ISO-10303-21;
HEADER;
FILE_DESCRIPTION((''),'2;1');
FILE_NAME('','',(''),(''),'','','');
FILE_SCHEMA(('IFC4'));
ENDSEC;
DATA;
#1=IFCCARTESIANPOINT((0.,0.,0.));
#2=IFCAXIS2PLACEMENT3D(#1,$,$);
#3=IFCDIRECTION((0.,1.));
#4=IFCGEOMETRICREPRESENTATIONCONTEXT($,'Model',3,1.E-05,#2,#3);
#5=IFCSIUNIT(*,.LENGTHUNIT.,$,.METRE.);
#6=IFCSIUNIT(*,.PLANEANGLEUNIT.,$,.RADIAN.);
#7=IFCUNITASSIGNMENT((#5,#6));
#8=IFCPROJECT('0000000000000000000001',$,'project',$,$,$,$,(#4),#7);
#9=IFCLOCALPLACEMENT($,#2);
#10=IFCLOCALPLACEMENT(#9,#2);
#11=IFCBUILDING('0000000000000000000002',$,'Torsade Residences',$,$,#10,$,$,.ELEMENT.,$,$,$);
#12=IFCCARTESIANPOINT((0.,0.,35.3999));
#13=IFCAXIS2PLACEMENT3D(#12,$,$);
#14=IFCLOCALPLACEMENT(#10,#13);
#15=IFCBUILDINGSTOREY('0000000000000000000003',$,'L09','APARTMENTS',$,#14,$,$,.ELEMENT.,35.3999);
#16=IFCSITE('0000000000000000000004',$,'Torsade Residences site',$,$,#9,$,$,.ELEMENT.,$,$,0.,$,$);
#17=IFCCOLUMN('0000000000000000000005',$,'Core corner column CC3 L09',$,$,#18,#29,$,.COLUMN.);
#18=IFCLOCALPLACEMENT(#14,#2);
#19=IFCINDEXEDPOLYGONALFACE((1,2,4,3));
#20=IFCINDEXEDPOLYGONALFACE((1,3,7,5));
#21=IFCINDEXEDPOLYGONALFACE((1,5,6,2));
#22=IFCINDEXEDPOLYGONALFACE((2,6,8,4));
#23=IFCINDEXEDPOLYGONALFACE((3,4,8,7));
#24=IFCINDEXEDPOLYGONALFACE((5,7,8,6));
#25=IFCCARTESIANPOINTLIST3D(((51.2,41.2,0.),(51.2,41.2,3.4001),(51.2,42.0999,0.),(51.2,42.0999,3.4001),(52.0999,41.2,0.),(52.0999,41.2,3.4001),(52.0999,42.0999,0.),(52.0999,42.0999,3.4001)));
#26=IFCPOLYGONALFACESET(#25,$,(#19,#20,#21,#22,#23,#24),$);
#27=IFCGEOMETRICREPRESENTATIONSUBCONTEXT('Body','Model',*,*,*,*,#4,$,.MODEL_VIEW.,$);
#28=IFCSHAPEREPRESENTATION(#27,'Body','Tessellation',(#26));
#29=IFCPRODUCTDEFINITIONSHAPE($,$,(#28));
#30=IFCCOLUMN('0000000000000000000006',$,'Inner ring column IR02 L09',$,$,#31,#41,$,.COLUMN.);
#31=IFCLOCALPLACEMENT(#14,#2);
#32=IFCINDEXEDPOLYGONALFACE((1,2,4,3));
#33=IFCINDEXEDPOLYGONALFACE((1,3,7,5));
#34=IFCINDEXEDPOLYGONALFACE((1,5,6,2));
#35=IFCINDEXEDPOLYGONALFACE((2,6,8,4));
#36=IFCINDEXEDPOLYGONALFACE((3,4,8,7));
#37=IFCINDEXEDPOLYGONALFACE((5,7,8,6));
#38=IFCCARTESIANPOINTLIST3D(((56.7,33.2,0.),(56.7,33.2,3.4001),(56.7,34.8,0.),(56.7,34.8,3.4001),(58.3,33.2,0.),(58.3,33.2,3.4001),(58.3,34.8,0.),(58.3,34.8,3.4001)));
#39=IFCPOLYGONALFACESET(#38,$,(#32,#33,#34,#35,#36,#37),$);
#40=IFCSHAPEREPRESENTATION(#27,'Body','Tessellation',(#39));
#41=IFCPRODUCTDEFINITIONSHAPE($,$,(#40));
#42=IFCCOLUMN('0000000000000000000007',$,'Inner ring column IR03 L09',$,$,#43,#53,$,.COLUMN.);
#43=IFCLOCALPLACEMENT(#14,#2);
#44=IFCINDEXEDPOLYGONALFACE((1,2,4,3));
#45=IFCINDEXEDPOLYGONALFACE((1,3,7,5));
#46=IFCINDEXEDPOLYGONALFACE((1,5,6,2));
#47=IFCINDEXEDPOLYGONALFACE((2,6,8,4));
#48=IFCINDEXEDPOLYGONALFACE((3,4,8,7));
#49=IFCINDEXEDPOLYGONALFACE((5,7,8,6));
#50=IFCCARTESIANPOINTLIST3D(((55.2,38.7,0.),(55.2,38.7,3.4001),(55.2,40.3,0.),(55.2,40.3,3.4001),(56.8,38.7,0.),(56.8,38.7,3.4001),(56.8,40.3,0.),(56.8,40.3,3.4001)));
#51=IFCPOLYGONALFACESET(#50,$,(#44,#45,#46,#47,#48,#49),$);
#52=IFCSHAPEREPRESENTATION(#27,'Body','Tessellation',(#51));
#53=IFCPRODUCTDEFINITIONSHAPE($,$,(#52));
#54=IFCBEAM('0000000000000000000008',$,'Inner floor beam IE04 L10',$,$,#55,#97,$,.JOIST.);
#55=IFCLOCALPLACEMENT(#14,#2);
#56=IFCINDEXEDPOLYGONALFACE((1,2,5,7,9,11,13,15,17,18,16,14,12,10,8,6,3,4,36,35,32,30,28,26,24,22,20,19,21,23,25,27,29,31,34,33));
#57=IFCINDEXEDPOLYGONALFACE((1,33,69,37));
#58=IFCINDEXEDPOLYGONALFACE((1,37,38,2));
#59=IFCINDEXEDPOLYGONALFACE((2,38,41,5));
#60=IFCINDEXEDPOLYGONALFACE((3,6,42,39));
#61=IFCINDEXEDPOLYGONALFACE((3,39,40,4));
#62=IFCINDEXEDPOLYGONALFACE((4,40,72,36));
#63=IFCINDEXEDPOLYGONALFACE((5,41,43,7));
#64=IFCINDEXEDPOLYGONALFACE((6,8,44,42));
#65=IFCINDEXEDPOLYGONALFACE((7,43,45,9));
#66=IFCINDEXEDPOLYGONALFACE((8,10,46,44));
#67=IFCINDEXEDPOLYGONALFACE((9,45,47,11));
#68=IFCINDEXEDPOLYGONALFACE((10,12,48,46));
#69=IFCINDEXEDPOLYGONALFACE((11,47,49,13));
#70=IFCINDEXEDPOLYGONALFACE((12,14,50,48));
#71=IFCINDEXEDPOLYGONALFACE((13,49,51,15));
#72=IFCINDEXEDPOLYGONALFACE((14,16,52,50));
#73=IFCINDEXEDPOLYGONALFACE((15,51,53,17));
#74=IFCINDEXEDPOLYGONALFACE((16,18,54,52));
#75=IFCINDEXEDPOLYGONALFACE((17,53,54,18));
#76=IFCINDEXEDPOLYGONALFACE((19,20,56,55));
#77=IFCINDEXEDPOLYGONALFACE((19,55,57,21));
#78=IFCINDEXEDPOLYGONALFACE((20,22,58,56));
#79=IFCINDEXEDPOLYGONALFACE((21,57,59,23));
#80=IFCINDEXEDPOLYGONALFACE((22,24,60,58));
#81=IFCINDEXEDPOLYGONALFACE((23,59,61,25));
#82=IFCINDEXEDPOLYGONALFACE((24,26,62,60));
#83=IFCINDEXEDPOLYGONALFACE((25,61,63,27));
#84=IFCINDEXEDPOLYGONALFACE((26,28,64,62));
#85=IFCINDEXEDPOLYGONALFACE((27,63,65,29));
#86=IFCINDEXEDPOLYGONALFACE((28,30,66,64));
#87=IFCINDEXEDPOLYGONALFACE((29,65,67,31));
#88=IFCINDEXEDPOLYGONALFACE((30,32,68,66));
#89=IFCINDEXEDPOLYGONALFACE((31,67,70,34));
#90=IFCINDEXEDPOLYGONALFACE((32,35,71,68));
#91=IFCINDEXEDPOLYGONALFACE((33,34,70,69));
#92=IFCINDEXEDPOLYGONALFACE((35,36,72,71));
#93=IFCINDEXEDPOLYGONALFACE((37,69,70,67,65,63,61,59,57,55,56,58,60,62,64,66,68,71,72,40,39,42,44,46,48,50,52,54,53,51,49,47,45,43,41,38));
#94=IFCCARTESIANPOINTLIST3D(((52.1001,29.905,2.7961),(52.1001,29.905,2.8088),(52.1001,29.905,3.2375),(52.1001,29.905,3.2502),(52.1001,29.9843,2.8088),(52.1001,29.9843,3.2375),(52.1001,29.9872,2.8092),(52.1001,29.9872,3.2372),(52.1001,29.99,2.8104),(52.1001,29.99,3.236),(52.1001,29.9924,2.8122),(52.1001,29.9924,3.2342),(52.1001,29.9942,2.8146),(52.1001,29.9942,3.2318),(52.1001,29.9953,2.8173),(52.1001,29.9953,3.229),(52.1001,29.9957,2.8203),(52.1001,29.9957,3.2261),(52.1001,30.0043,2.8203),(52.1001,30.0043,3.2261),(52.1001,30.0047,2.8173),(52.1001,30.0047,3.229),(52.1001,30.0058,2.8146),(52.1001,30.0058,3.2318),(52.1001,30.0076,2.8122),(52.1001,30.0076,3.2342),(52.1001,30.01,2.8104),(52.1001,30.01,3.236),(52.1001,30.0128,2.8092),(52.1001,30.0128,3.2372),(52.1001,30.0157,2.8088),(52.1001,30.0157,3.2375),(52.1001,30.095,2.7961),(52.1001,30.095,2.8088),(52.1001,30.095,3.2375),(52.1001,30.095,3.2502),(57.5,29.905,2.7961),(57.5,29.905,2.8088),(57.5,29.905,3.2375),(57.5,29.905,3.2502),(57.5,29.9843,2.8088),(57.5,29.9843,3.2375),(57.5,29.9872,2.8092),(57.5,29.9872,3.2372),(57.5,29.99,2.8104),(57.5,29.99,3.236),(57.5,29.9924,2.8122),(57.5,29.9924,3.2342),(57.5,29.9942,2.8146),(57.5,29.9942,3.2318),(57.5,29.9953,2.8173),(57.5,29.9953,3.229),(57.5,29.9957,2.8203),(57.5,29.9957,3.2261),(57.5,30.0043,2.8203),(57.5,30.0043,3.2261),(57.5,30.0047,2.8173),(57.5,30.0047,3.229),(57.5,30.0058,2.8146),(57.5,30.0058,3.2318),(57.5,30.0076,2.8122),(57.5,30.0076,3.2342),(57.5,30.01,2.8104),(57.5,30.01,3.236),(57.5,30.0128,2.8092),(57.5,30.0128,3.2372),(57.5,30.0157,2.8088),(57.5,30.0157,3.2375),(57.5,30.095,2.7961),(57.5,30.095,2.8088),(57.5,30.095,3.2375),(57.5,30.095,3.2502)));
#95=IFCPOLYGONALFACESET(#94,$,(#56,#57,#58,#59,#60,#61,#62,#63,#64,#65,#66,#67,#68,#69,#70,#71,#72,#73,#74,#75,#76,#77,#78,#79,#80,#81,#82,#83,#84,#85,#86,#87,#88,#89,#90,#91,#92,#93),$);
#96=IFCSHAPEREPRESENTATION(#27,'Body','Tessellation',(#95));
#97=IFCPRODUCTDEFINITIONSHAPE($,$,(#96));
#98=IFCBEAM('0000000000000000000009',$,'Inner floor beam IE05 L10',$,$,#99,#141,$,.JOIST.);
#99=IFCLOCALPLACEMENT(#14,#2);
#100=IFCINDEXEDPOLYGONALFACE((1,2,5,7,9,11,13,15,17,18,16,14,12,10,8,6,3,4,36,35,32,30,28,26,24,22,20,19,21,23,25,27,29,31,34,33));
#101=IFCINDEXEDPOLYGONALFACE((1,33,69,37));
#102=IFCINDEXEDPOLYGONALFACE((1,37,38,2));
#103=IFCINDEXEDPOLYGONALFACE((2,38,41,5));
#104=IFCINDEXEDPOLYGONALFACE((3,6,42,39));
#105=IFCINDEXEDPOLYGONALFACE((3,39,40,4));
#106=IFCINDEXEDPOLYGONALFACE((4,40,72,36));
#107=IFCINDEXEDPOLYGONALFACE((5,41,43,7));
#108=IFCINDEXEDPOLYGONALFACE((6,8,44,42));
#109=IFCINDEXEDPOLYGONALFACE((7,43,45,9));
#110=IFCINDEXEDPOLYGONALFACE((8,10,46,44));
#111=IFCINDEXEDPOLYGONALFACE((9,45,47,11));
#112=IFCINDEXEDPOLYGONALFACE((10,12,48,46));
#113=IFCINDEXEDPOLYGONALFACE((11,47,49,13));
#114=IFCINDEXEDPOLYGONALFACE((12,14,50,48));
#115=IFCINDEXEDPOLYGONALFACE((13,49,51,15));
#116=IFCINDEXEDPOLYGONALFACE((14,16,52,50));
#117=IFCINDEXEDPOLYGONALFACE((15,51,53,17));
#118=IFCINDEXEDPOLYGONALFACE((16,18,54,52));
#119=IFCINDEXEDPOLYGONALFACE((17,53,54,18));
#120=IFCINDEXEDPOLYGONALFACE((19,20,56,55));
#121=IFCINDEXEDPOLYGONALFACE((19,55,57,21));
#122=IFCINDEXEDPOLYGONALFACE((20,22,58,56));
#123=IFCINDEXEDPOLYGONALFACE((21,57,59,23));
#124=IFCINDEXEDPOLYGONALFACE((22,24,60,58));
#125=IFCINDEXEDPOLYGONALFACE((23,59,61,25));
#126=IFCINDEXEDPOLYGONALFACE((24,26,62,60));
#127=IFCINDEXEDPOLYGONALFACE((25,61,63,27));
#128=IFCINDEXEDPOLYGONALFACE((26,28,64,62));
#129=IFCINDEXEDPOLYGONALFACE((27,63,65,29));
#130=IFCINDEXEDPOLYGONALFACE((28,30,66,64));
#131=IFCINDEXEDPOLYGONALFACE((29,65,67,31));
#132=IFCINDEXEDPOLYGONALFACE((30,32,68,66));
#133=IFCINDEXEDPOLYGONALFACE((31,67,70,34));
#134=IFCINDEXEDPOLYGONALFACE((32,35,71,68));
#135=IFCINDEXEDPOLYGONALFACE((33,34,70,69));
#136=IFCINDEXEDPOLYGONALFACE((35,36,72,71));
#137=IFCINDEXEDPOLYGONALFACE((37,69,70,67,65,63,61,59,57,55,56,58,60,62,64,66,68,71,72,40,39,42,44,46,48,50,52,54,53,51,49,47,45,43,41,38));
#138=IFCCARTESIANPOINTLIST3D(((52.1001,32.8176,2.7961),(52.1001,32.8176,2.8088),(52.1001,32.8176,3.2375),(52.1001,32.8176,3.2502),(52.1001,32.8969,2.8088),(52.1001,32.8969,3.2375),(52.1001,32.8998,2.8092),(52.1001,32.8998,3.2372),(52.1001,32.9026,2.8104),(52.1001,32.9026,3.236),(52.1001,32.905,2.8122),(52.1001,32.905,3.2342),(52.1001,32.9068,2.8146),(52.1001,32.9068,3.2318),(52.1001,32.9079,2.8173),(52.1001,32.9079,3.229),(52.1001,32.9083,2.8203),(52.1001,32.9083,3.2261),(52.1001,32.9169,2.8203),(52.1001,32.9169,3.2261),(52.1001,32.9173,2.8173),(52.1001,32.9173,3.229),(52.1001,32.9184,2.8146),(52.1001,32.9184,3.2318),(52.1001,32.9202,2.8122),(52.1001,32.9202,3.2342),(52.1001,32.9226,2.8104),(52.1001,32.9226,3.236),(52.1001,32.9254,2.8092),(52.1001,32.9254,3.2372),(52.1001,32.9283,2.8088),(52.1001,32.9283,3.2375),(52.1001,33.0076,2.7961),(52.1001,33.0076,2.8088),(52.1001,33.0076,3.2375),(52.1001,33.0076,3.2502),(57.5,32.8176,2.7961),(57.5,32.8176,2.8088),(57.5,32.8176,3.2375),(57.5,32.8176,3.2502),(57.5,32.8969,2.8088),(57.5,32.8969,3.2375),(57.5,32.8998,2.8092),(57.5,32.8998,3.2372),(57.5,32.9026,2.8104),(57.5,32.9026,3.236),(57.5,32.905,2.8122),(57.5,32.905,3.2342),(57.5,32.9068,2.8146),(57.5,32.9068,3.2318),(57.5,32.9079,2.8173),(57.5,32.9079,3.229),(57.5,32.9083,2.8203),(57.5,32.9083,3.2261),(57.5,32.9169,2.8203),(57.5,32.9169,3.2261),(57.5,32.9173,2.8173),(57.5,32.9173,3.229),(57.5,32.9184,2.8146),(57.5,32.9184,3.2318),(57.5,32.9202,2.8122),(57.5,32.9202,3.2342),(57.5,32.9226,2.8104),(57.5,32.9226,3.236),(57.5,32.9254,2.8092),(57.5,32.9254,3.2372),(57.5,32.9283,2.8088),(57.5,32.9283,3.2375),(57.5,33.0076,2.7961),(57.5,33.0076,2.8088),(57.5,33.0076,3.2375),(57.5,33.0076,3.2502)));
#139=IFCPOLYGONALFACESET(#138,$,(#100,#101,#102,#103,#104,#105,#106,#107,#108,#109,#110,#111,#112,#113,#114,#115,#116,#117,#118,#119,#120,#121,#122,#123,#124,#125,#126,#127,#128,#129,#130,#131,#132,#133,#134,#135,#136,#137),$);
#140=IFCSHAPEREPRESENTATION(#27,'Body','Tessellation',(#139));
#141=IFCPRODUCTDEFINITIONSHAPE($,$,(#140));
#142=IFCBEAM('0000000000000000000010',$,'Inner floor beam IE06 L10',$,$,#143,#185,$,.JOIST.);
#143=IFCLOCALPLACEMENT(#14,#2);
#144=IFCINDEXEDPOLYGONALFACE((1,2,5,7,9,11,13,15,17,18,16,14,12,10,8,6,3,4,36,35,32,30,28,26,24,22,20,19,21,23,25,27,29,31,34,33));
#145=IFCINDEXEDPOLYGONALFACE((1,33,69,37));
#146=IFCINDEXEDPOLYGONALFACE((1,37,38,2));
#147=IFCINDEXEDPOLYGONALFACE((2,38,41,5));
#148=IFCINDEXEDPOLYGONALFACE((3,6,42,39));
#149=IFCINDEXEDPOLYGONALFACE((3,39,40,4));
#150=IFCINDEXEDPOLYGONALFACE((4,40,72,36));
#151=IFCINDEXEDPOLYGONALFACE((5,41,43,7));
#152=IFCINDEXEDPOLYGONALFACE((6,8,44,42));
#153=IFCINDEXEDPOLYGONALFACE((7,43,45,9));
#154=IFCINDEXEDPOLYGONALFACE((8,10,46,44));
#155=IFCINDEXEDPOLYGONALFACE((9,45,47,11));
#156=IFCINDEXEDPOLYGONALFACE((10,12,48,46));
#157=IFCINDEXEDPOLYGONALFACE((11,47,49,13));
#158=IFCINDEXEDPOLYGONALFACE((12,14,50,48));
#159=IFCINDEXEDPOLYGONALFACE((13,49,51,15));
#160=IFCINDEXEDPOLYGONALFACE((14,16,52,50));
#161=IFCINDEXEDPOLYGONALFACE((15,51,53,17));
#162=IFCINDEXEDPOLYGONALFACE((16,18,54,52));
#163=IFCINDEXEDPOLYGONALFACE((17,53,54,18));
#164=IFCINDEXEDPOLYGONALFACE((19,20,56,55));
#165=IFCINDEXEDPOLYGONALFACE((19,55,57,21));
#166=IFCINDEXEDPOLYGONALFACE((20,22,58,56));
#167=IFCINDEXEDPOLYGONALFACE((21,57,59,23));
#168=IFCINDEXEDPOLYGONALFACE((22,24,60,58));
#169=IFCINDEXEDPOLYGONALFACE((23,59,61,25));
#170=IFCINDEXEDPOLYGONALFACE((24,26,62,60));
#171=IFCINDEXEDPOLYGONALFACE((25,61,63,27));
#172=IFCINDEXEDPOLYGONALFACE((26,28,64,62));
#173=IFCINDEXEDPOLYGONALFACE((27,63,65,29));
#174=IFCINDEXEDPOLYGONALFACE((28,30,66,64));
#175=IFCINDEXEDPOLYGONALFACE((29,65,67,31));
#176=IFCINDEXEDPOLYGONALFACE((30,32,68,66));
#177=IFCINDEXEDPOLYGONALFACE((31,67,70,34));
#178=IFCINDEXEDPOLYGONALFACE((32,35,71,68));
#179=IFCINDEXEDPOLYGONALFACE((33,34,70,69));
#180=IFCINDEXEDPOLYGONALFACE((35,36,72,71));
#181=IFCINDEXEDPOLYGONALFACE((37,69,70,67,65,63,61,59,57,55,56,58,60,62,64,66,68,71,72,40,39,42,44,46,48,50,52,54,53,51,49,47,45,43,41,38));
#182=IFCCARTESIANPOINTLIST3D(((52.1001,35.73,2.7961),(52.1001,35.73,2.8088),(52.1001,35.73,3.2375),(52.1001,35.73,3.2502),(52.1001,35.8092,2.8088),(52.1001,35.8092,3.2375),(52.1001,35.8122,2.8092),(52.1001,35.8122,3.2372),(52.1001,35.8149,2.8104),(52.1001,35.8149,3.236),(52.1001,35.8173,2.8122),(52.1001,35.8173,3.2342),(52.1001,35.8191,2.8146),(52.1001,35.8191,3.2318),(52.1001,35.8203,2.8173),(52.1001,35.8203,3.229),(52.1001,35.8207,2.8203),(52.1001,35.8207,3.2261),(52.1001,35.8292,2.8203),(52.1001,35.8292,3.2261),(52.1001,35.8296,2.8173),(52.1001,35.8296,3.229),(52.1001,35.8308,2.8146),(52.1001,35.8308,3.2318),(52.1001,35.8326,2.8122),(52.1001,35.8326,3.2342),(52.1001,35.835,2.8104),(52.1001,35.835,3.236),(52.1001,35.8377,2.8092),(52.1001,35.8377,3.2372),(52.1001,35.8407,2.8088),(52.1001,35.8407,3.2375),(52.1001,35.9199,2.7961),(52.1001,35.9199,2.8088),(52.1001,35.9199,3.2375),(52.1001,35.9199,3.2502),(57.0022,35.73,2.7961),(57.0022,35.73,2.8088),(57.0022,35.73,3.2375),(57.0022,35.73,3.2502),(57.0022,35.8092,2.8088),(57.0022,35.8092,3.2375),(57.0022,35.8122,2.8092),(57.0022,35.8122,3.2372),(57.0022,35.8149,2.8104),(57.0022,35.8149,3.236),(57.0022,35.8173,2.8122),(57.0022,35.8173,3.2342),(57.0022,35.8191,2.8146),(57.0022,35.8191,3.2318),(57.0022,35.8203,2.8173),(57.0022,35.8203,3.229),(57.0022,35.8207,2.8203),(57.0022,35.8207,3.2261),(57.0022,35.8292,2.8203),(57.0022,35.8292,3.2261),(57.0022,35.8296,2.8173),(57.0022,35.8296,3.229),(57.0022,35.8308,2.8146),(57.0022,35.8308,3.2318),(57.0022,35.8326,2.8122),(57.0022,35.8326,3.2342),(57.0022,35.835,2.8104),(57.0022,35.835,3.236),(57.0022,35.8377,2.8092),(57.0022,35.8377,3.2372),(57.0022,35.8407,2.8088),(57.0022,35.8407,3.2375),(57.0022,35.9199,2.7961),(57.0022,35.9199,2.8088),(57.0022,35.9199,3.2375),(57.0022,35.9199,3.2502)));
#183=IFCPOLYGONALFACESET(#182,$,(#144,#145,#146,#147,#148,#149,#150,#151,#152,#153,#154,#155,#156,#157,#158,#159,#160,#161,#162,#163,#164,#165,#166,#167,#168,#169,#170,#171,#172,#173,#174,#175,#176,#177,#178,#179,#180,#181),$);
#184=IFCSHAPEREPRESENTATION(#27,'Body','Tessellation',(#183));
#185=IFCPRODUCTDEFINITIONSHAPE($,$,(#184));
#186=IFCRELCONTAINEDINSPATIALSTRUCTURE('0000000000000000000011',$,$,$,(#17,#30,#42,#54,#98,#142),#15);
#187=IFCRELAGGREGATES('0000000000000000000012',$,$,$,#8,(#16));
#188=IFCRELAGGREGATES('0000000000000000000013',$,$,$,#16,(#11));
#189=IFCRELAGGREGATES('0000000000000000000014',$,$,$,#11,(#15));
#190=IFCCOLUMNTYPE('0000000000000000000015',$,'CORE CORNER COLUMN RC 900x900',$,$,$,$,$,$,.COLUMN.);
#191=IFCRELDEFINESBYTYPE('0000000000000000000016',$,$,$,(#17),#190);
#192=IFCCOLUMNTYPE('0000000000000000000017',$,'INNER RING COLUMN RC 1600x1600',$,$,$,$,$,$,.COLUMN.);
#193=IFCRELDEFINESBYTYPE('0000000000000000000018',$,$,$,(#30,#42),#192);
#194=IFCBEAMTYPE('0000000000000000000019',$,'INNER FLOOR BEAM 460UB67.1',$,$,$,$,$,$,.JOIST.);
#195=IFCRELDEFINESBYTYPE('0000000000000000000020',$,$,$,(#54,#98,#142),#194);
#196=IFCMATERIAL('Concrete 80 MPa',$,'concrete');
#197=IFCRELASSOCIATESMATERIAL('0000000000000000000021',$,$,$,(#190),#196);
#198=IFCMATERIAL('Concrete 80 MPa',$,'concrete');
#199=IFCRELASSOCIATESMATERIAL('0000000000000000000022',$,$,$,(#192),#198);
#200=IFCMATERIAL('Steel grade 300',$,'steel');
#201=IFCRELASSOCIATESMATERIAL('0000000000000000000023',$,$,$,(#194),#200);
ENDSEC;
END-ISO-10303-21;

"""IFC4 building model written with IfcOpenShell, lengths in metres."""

from ifc_helpers import new_model, si_unit, direction, frame, origin, origin_2d, place, context, subcontext, project, spatial, rectangle, i_section, extrude, material, material_profile, profile_set, type_object, element, save


model = new_model("IFC4")

# Units and contexts
model_context = context("Model", 3, precision=1e-05, world=origin(), true_north=direction((0.0, 1.0)))
body_context = subcontext(model_context, "Body", "Model", "MODEL_VIEW")
ifc_project = project(units=[si_unit("LENGTHUNIT", "METRE"), si_unit("PLANEANGLEUNIT", "RADIAN")], contexts=[model_context])

# Site, building, storey
site_placement = place(None, origin())
site = spatial("IfcSite", under=ifc_project, at=site_placement, Name="Torsade Residences site", CompositionType="ELEMENT", RefElevation=0.0)
building_placement = place(site_placement, origin())
building = spatial("IfcBuilding", under=site, at=building_placement, Name="Torsade Residences", CompositionType="ELEMENT")
storey_placement = place(building_placement, frame((0.0, 0.0, 35.3999)))
storey = spatial("IfcBuildingStorey", under=building, at=storey_placement, Name="L09", Description="APARTMENTS", CompositionType="ELEMENT", Elevation=35.3999)

# Columns
ifc_material_1 = material(Name="Concrete 80 MPa", Category="concrete")
ifc_material_profile_1 = material_profile(ifc_material_1, rectangle(XDim=0.8999, YDim=0.8999, at=origin_2d()), Name="RC 900x900")
ifc_profile_set_1 = profile_set([ifc_material_profile_1], Name="Concrete 80 MPa")
column_type_1 = type_object("IfcColumnType", Name="CORE CORNER COLUMN RC 900x900", PredefinedType="COLUMN", material=ifc_profile_set_1)
column_placement = place(storey_placement, frame((51.6499, 41.6499, 0.0), z_axis=(0.0, 0.0, 1.0), x_axis=(1.0, 0.0, 0.0)))
element("IfcColumn", 1, at=column_placement, inside=storey, type_object=column_type_1, Name="Core corner column CC3 L09", PredefinedType="COLUMN", context=body_context, shape_type="SweptSolid", body=[
    extrude(rectangle(XDim=0.8999, YDim=0.8999, at=origin_2d()), origin(), (0.0, 0.0, 1.0), 3.4001),
])
ifc_material_2 = material(Name="Concrete 80 MPa", Category="concrete")
ifc_material_profile_2 = material_profile(ifc_material_2, rectangle(XDim=1.6001, YDim=1.6001, at=origin_2d()), Name="RC 1600x1600")
ifc_profile_set_2 = profile_set([ifc_material_profile_2], Name="Concrete 80 MPa")
column_type_2 = type_object("IfcColumnType", Name="INNER RING COLUMN RC 1600x1600", PredefinedType="COLUMN", material=ifc_profile_set_2)
for number, where, z_axis, x_axis, name in (
    (2, (57.5, 34.0, 0.0), (0.0, 0.0, 1.0), (1.0, 0.0, 0.0), "Inner ring column IR02 L09"),
    (3, (56.0, 39.5, 0.0), (0.0, 0.0, 1.0), (1.0, 0.0, 0.0), "Inner ring column IR03 L09"),
):
    element("IfcColumn", number, at=place(storey_placement, frame(where, z_axis=z_axis, x_axis=x_axis)), inside=storey, type_object=column_type_2, Name=name, PredefinedType="COLUMN", context=body_context, shape_type="SweptSolid", body=[
        extrude(rectangle(XDim=1.6001, YDim=1.6001, at=origin_2d()), origin(), (0.0, 0.0, 1.0), 3.4001),
    ])

# Beams
ifc_material_3 = material(Name="Steel grade 300", Category="steel")
ifc_material_profile_3 = material_profile(ifc_material_3, i_section(OverallWidth=0.1899, OverallDepth=0.4541, WebThickness=0.0085, FlangeThickness=0.0127, FilletRadius=0.0115, at=origin_2d()), Name="460UB67.1")
ifc_profile_set_3 = profile_set([ifc_material_profile_3], Name="Steel grade 300")
beam_type_1 = type_object("IfcBeamType", Name="INNER FLOOR BEAM 460UB67.1", PredefinedType="JOIST", material=ifc_profile_set_3)
for number, where, z_axis, x_axis, name in (
    (4, (52.1001, 30.0, 3.0232), (1.0, 0.0, 0.0), (0.0, 1.0, 0.0), "Inner floor beam IE04 L10"),
    (5, (52.1001, 32.9126, 3.0232), (1.0, 0.0, 0.0), (0.0, 1.0, 0.0), "Inner floor beam IE05 L10"),
):
    element("IfcBeam", number, at=place(storey_placement, frame(where, z_axis=z_axis, x_axis=x_axis)), inside=storey, type_object=beam_type_1, Name=name, PredefinedType="JOIST", context=body_context, shape_type="SweptSolid", body=[
        extrude(i_section(OverallWidth=0.1899, OverallDepth=0.4541, WebThickness=0.0085, FlangeThickness=0.0127, FilletRadius=0.0115, at=origin_2d()), origin(), (0.0, 0.0, 1.0), 5.3999),
    ])
beam_1_placement = place(storey_placement, frame((52.1001, 35.825, 3.0232), z_axis=(1.0, 0.0, 0.0), x_axis=(0.0, 1.0, 0.0)))
element("IfcBeam", 6, at=beam_1_placement, inside=storey, type_object=beam_type_1, Name="Inner floor beam IE06 L10", PredefinedType="JOIST", context=body_context, shape_type="SweptSolid", body=[
    extrude(i_section(OverallWidth=0.1899, OverallDepth=0.4541, WebThickness=0.0085, FlangeThickness=0.0127, FilletRadius=0.0115, at=origin_2d()), origin(), (0.0, 0.0, 1.0), 4.9021),
])

save(model, "model.ifc")
